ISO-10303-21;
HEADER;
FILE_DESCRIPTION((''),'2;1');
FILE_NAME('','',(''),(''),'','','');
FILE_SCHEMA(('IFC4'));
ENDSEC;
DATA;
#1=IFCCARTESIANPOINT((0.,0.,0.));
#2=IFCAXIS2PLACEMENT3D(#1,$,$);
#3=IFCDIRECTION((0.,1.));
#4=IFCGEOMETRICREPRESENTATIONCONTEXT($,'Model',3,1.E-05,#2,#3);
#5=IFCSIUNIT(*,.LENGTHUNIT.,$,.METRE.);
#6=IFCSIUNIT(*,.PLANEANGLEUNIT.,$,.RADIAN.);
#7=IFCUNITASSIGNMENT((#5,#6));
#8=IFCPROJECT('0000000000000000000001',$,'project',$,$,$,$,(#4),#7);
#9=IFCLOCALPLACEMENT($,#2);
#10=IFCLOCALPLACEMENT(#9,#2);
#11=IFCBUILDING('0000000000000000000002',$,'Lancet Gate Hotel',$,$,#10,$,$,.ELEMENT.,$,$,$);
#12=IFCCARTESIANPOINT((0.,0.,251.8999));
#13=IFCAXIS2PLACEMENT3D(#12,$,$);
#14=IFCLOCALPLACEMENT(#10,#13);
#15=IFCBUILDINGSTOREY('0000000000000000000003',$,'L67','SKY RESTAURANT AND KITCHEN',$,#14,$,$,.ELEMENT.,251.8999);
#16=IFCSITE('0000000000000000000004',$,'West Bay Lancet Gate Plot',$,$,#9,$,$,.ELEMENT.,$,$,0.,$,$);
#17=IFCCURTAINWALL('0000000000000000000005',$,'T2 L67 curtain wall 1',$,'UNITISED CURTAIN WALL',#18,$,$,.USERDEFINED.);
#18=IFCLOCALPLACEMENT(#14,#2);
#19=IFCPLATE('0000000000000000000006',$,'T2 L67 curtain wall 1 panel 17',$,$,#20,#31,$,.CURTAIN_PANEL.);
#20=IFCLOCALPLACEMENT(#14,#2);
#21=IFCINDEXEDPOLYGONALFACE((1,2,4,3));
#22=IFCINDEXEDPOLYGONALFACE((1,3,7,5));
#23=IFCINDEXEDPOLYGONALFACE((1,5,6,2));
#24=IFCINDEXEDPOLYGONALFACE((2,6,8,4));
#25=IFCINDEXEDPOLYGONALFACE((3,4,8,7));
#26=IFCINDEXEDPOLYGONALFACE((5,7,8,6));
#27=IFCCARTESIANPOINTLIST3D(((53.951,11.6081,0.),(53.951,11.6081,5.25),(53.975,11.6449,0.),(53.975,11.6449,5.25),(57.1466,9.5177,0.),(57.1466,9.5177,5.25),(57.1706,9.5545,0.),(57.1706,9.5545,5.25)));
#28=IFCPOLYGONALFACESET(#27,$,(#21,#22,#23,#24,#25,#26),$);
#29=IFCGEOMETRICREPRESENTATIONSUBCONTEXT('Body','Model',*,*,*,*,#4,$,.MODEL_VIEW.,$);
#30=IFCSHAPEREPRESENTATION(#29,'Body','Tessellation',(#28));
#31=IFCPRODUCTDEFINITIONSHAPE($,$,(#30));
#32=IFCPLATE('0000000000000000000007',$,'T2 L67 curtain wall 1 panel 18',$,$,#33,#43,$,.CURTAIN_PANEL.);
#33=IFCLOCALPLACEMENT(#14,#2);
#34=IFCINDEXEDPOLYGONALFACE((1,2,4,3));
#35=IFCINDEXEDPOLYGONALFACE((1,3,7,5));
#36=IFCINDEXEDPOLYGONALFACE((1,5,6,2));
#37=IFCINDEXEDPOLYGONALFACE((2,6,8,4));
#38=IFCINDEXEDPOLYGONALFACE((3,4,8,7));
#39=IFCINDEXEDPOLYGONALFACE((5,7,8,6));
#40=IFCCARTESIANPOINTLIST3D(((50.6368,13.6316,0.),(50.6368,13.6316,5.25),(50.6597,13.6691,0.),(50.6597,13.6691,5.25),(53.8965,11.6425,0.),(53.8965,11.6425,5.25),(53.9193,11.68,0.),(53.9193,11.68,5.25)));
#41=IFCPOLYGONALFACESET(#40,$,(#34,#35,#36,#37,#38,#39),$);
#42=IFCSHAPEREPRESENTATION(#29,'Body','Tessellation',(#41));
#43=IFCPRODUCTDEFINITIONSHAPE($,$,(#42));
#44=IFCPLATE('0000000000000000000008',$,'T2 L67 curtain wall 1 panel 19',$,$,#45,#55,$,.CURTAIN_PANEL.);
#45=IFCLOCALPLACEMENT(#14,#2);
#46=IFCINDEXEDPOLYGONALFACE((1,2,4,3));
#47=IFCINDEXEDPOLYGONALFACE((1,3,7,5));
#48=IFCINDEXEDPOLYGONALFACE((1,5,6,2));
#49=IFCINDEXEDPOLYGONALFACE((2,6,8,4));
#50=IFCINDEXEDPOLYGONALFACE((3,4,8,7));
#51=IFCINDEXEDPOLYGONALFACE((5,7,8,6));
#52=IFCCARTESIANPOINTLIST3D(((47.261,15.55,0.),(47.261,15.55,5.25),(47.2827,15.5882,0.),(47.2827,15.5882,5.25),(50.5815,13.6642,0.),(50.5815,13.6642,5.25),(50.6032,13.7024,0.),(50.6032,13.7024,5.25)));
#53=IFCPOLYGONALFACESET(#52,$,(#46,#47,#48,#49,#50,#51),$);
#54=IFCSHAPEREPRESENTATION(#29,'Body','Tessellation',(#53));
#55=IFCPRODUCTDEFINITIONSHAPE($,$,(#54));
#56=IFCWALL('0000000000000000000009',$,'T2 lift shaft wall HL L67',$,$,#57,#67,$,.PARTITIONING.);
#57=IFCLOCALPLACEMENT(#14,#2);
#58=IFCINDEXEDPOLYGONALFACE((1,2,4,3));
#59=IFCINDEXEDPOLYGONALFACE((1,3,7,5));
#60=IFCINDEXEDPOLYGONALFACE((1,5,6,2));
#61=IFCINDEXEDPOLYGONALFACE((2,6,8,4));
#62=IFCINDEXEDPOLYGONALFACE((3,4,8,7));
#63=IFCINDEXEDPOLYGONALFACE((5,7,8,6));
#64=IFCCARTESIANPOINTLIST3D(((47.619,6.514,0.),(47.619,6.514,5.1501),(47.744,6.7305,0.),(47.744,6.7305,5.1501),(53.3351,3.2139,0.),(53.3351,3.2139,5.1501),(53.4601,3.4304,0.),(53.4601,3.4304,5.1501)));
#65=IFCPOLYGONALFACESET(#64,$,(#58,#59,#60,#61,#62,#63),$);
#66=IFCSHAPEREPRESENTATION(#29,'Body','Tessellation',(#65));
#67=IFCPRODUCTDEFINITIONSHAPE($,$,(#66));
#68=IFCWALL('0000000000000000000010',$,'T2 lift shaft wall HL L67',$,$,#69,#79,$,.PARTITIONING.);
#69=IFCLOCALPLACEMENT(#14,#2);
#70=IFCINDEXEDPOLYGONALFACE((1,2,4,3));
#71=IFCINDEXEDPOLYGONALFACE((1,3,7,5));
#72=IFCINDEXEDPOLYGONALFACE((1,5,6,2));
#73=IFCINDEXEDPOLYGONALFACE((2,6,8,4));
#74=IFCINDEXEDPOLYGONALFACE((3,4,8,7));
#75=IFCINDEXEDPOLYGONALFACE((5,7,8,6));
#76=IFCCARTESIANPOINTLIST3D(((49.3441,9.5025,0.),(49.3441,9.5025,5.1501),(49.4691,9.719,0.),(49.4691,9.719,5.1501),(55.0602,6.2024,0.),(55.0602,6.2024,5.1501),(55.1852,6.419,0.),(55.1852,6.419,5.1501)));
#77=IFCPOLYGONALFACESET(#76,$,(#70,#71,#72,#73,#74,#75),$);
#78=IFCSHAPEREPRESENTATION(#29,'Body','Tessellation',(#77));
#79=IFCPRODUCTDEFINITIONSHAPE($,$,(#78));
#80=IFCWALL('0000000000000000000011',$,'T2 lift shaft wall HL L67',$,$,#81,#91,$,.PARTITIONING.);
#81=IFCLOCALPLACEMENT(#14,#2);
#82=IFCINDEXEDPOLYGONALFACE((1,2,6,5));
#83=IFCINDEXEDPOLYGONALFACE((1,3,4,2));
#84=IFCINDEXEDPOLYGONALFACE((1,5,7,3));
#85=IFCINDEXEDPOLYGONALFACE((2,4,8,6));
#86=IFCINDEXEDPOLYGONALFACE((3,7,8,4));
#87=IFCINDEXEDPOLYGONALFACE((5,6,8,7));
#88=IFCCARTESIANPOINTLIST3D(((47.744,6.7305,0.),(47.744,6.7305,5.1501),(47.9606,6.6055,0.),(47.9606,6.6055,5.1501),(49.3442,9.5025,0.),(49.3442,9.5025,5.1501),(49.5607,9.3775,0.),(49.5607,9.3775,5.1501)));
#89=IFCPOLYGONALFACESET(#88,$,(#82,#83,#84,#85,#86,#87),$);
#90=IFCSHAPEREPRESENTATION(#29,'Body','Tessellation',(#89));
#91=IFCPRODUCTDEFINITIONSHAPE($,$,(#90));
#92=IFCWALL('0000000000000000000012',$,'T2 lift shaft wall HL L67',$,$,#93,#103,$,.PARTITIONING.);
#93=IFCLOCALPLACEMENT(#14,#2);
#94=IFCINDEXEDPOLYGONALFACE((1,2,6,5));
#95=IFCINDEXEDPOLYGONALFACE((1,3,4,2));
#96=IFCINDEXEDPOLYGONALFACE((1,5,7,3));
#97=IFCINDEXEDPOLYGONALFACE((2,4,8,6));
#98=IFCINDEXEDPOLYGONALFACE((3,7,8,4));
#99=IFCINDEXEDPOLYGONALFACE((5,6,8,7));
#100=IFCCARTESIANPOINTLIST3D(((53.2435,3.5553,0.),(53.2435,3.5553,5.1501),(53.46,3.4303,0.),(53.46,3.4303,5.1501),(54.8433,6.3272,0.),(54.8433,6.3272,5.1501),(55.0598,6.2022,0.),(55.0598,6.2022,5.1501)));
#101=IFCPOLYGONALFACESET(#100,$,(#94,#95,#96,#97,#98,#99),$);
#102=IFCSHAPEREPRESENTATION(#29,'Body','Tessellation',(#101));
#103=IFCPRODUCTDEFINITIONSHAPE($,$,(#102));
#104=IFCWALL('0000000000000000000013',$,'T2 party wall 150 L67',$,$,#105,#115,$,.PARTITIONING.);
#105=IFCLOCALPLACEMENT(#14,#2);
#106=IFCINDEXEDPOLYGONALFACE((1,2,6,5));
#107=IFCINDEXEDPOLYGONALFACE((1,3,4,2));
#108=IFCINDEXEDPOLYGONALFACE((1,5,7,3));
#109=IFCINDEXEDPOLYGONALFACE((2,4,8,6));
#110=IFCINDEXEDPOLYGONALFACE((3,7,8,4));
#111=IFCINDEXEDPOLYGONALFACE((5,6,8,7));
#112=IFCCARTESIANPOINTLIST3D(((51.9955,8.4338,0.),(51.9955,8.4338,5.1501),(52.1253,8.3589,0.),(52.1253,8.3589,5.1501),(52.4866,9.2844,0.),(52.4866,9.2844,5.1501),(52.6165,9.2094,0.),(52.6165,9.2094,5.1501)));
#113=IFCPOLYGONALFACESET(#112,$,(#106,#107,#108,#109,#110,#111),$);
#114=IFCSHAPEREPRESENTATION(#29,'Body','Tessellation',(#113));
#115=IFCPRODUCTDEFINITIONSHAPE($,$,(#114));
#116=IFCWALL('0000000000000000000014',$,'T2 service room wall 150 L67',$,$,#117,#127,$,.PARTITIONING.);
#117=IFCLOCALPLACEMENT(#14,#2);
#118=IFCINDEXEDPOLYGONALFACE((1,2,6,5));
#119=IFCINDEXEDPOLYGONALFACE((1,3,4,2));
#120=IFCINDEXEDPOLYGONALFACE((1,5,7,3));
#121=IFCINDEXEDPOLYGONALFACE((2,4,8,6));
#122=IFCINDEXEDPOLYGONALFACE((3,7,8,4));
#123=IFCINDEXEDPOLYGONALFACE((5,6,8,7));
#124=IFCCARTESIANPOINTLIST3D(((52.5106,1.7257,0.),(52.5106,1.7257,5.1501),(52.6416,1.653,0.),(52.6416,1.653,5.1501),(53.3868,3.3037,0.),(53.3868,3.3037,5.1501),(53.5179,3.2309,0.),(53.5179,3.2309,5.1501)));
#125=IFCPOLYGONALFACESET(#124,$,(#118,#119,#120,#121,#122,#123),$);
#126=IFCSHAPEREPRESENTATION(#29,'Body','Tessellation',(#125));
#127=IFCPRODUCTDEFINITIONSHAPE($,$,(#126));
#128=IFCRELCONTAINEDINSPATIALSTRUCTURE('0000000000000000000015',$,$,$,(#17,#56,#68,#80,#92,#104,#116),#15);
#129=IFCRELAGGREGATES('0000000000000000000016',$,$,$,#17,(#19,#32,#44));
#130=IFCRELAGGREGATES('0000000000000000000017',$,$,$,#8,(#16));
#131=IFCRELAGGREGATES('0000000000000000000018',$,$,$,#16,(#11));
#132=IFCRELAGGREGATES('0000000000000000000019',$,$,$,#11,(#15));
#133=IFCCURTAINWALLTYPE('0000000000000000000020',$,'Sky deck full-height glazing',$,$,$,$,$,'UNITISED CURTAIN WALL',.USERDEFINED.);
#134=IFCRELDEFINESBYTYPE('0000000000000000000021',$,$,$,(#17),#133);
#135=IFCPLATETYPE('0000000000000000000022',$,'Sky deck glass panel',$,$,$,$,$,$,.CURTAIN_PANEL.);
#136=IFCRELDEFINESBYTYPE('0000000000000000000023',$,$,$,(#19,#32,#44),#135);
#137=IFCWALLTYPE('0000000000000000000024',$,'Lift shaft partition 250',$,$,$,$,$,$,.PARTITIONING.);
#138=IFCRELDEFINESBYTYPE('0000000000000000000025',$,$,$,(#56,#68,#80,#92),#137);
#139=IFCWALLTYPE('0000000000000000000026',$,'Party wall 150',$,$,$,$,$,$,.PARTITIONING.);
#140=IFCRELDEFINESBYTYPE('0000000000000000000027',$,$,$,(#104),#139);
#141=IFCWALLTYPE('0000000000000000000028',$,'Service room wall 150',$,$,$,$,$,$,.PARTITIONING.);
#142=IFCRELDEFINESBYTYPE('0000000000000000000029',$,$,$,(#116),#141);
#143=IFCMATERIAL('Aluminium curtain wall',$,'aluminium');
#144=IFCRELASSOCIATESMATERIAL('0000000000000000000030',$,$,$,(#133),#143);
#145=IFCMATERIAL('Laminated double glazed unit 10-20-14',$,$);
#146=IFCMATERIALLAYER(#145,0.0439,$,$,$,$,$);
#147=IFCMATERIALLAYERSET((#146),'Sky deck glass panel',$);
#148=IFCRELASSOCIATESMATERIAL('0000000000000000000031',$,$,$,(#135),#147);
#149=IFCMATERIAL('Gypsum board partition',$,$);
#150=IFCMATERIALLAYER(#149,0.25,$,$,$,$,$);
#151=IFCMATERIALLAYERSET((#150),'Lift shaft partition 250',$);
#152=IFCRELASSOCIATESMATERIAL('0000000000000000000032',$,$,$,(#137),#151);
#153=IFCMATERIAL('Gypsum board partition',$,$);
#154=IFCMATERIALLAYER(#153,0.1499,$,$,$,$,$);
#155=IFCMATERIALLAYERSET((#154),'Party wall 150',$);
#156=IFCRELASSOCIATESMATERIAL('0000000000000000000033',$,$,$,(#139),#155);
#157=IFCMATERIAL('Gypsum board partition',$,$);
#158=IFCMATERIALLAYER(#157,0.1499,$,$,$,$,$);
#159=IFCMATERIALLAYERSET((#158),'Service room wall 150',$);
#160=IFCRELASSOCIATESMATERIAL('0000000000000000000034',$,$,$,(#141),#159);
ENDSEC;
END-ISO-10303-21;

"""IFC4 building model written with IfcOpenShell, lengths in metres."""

from ifc_helpers import new_model, si_unit, direction, frame, frame_2d, origin, origin_2d, place, context, subcontext, project, spatial, rectangle, extrude, material, layer, layer_set, type_object, element, aggregate, save


model = new_model("IFC4")

# Units and contexts
model_context = context("Model", 3, precision=1e-05, world=origin(), true_north=direction((0.0, 1.0)))
body_context = subcontext(model_context, "Body", "Model", "MODEL_VIEW")
ifc_project = project(units=[si_unit("LENGTHUNIT", "METRE"), si_unit("PLANEANGLEUNIT", "RADIAN")], contexts=[model_context])

# Site, building, storey
site_placement = place(None, origin())
site = spatial("IfcSite", under=ifc_project, at=site_placement, Name="West Bay Lancet Gate Plot", CompositionType="ELEMENT", RefElevation=0.0)
building_placement = place(site_placement, origin())
building = spatial("IfcBuilding", under=site, at=building_placement, Name="Lancet Gate Hotel", CompositionType="ELEMENT")
storey_placement = place(building_placement, frame((0.0, 0.0, 251.8999)))
storey = spatial("IfcBuildingStorey", under=building, at=storey_placement, Name="L67", Description="SKY RESTAURANT AND KITCHEN", CompositionType="ELEMENT", Elevation=251.8999)

# Curtain wall
ifc_material_1 = material(Name="Aluminium curtain wall", Category="aluminium")
curtain_wall_type = type_object("IfcCurtainWallType", Name="Sky deck full-height glazing", ElementType="UNITISED CURTAIN WALL", PredefinedType="USERDEFINED", material=ifc_material_1)
curtain_wall_placement = place(storey_placement, origin())
curtain_wall = element("IfcCurtainWall", 1, at=curtain_wall_placement, inside=storey, type_object=curtain_wall_type, Name="T2 L67 curtain wall 1", ObjectType="UNITISED CURTAIN WALL", PredefinedType="USERDEFINED")

# Plates
ifc_material_2 = material(Name="Laminated double glazed unit 10-20-14")
ifc_layer_1 = layer(ifc_material_2, 0.0439)
ifc_layer_set_1 = layer_set([ifc_layer_1], Name="Sky deck glass panel")
plate_type = type_object("IfcPlateType", Name="Sky deck glass panel", PredefinedType="CURTAIN_PANEL", material=ifc_layer_set_1)
plate_1_placement = place(storey_placement, frame((55.5608, 10.5813, 0.0), z_axis=(0.0, 0.0, 1.0), x_axis=(-0.83685, 0.547432, 0.0)))
plate_1 = element("IfcPlate", 2, at=plate_1_placement, type_object=plate_type, Name="T2 L67 curtain wall 1 panel 17", PredefinedType="CURTAIN_PANEL", context=body_context, shape_type="SweptSolid", body=[
    extrude(rectangle(XDim=3.8186, YDim=0.0439, at=origin_2d()), origin(), (0.0, 0.0, 1.0), 5.25),
])
plate_2_placement = place(storey_placement, frame((52.2781, 12.6558, 0.0), z_axis=(0.0, 0.0, 1.0), x_axis=(-0.853621, 0.520895, 0.0)))
plate_2 = element("IfcPlate", 3, at=plate_2_placement, type_object=plate_type, Name="T2 L67 curtain wall 1 panel 18", PredefinedType="CURTAIN_PANEL", context=body_context, shape_type="SweptSolid", body=[
    extrude(rectangle(XDim=3.8186, YDim=0.0439, at=origin_2d()), origin(), (0.0, 0.0, 1.0), 5.25),
])
plate_3_placement = place(storey_placement, frame((48.9321, 14.6262, 0.0), z_axis=(0.0, 0.0, 1.0), x_axis=(-0.86955, 0.493844, 0.0)))
plate_3 = element("IfcPlate", 4, at=plate_3_placement, type_object=plate_type, Name="T2 L67 curtain wall 1 panel 19", PredefinedType="CURTAIN_PANEL", context=body_context, shape_type="SweptSolid", body=[
    extrude(rectangle(XDim=3.8186, YDim=0.0439, at=origin_2d()), origin(), (0.0, 0.0, 1.0), 5.25),
])
aggregate(curtain_wall, [plate_1, plate_2, plate_3])

# Walls
ifc_material_3 = material(Name="Gypsum board partition")
ifc_layer_2 = layer(ifc_material_3, 0.25)
ifc_layer_set_2 = layer_set([ifc_layer_2], Name="Lift shaft partition 250")
wall_type_1 = type_object("IfcWallType", Name="Lift shaft partition 250", PredefinedType="PARTITIONING", material=ifc_layer_set_2)
for number, where, z_axis, x_axis, name in (
    (5, (47.6814, 6.6223, 0.0), (0.0, 0.0, 1.0), (0.866033, -0.499986, 0.0), "T2 lift shaft wall HL L67"),
    (6, (49.4065, 9.6108, 0.0), (0.0, 0.0, 1.0), (0.866033, -0.499986, 0.0), "T2 lift shaft wall HL L67"),
):
    element("IfcWall", number, at=place(storey_placement, frame(where, z_axis=z_axis, x_axis=x_axis)), inside=storey, type_object=wall_type_1, Name=name, PredefinedType="PARTITIONING", context=body_context, shape_type="SweptSolid", body=[
        extrude(rectangle(XDim=6.6003, YDim=0.25, at=frame_2d((3.3003, 0.0))), origin(), (0.0, 0.0, 1.0), 5.1501),
    ])
wall_1_placement = place(storey_placement, frame((47.8523, 6.668, 0.0), z_axis=(0.0, 0.0, 1.0), x_axis=(0.499929, 0.866066, 0.0)))
element("IfcWall", 7, at=wall_1_placement, inside=storey, type_object=wall_type_1, Name="T2 lift shaft wall HL L67", PredefinedType="PARTITIONING", context=body_context, shape_type="SweptSolid", body=[
    extrude(rectangle(XDim=3.2007, YDim=0.25, at=frame_2d((1.6003, 0.0))), origin(), (0.0, 0.0, 1.0), 5.1501),
])
wall_2_placement = place(storey_placement, frame((53.3518, 3.4929, 0.0), z_axis=(0.0, 0.0, 1.0), x_axis=(0.499872, 0.866099, 0.0)))
element("IfcWall", 8, at=wall_2_placement, inside=storey, type_object=wall_type_1, Name="T2 lift shaft wall HL L67", PredefinedType="PARTITIONING", context=body_context, shape_type="SweptSolid", body=[
    extrude(rectangle(XDim=3.2004, YDim=0.25, at=frame_2d((1.6001, 0.0))), origin(), (0.0, 0.0, 1.0), 5.1501),
])
ifc_material_4 = material(Name="Gypsum board partition")
ifc_layer_3 = layer(ifc_material_4, 0.1499)
ifc_layer_set_3 = layer_set([ifc_layer_3], Name="Party wall 150")
wall_type_2 = type_object("IfcWallType", Name="Party wall 150", PredefinedType="PARTITIONING", material=ifc_layer_set_3)
wall_3_placement = place(storey_placement, frame((52.0603, 8.3962, 0.0), z_axis=(0.0, 0.0, 1.0), x_axis=(0.500095, 0.86597, 0.0)))
element("IfcWall", 9, at=wall_3_placement, inside=storey, type_object=wall_type_2, Name="T2 party wall 150 L67", PredefinedType="PARTITIONING", context=body_context, shape_type="SweptSolid", body=[
    extrude(rectangle(XDim=0.9822, YDim=0.1499, at=frame_2d((0.4912, 0.0))), origin(), (0.0, 0.0, 1.0), 5.1501),
])
ifc_material_5 = material(Name="Gypsum board partition")
ifc_layer_4 = layer(ifc_material_5, 0.1499)
ifc_layer_set_4 = layer_set([ifc_layer_4], Name="Service room wall 150")
wall_type_3 = type_object("IfcWallType", Name="Service room wall 150", PredefinedType="PARTITIONING", material=ifc_layer_set_4)
wall_4_placement = place(storey_placement, frame((52.5762, 1.6895, 0.0), z_axis=(0.0, 0.0, 1.0), x_axis=(0.485482, 0.874247, 0.0)))
element("IfcWall", 10, at=wall_4_placement, inside=storey, type_object=wall_type_3, Name="T2 service room wall 150 L67", PredefinedType="PARTITIONING", context=body_context, shape_type="SweptSolid", body=[
    extrude(rectangle(XDim=1.8049, YDim=0.1499, at=frame_2d((0.9023, 0.0))), origin(), (0.0, 0.0, 1.0), 5.1501),
])

save(model, "model.ifc")
